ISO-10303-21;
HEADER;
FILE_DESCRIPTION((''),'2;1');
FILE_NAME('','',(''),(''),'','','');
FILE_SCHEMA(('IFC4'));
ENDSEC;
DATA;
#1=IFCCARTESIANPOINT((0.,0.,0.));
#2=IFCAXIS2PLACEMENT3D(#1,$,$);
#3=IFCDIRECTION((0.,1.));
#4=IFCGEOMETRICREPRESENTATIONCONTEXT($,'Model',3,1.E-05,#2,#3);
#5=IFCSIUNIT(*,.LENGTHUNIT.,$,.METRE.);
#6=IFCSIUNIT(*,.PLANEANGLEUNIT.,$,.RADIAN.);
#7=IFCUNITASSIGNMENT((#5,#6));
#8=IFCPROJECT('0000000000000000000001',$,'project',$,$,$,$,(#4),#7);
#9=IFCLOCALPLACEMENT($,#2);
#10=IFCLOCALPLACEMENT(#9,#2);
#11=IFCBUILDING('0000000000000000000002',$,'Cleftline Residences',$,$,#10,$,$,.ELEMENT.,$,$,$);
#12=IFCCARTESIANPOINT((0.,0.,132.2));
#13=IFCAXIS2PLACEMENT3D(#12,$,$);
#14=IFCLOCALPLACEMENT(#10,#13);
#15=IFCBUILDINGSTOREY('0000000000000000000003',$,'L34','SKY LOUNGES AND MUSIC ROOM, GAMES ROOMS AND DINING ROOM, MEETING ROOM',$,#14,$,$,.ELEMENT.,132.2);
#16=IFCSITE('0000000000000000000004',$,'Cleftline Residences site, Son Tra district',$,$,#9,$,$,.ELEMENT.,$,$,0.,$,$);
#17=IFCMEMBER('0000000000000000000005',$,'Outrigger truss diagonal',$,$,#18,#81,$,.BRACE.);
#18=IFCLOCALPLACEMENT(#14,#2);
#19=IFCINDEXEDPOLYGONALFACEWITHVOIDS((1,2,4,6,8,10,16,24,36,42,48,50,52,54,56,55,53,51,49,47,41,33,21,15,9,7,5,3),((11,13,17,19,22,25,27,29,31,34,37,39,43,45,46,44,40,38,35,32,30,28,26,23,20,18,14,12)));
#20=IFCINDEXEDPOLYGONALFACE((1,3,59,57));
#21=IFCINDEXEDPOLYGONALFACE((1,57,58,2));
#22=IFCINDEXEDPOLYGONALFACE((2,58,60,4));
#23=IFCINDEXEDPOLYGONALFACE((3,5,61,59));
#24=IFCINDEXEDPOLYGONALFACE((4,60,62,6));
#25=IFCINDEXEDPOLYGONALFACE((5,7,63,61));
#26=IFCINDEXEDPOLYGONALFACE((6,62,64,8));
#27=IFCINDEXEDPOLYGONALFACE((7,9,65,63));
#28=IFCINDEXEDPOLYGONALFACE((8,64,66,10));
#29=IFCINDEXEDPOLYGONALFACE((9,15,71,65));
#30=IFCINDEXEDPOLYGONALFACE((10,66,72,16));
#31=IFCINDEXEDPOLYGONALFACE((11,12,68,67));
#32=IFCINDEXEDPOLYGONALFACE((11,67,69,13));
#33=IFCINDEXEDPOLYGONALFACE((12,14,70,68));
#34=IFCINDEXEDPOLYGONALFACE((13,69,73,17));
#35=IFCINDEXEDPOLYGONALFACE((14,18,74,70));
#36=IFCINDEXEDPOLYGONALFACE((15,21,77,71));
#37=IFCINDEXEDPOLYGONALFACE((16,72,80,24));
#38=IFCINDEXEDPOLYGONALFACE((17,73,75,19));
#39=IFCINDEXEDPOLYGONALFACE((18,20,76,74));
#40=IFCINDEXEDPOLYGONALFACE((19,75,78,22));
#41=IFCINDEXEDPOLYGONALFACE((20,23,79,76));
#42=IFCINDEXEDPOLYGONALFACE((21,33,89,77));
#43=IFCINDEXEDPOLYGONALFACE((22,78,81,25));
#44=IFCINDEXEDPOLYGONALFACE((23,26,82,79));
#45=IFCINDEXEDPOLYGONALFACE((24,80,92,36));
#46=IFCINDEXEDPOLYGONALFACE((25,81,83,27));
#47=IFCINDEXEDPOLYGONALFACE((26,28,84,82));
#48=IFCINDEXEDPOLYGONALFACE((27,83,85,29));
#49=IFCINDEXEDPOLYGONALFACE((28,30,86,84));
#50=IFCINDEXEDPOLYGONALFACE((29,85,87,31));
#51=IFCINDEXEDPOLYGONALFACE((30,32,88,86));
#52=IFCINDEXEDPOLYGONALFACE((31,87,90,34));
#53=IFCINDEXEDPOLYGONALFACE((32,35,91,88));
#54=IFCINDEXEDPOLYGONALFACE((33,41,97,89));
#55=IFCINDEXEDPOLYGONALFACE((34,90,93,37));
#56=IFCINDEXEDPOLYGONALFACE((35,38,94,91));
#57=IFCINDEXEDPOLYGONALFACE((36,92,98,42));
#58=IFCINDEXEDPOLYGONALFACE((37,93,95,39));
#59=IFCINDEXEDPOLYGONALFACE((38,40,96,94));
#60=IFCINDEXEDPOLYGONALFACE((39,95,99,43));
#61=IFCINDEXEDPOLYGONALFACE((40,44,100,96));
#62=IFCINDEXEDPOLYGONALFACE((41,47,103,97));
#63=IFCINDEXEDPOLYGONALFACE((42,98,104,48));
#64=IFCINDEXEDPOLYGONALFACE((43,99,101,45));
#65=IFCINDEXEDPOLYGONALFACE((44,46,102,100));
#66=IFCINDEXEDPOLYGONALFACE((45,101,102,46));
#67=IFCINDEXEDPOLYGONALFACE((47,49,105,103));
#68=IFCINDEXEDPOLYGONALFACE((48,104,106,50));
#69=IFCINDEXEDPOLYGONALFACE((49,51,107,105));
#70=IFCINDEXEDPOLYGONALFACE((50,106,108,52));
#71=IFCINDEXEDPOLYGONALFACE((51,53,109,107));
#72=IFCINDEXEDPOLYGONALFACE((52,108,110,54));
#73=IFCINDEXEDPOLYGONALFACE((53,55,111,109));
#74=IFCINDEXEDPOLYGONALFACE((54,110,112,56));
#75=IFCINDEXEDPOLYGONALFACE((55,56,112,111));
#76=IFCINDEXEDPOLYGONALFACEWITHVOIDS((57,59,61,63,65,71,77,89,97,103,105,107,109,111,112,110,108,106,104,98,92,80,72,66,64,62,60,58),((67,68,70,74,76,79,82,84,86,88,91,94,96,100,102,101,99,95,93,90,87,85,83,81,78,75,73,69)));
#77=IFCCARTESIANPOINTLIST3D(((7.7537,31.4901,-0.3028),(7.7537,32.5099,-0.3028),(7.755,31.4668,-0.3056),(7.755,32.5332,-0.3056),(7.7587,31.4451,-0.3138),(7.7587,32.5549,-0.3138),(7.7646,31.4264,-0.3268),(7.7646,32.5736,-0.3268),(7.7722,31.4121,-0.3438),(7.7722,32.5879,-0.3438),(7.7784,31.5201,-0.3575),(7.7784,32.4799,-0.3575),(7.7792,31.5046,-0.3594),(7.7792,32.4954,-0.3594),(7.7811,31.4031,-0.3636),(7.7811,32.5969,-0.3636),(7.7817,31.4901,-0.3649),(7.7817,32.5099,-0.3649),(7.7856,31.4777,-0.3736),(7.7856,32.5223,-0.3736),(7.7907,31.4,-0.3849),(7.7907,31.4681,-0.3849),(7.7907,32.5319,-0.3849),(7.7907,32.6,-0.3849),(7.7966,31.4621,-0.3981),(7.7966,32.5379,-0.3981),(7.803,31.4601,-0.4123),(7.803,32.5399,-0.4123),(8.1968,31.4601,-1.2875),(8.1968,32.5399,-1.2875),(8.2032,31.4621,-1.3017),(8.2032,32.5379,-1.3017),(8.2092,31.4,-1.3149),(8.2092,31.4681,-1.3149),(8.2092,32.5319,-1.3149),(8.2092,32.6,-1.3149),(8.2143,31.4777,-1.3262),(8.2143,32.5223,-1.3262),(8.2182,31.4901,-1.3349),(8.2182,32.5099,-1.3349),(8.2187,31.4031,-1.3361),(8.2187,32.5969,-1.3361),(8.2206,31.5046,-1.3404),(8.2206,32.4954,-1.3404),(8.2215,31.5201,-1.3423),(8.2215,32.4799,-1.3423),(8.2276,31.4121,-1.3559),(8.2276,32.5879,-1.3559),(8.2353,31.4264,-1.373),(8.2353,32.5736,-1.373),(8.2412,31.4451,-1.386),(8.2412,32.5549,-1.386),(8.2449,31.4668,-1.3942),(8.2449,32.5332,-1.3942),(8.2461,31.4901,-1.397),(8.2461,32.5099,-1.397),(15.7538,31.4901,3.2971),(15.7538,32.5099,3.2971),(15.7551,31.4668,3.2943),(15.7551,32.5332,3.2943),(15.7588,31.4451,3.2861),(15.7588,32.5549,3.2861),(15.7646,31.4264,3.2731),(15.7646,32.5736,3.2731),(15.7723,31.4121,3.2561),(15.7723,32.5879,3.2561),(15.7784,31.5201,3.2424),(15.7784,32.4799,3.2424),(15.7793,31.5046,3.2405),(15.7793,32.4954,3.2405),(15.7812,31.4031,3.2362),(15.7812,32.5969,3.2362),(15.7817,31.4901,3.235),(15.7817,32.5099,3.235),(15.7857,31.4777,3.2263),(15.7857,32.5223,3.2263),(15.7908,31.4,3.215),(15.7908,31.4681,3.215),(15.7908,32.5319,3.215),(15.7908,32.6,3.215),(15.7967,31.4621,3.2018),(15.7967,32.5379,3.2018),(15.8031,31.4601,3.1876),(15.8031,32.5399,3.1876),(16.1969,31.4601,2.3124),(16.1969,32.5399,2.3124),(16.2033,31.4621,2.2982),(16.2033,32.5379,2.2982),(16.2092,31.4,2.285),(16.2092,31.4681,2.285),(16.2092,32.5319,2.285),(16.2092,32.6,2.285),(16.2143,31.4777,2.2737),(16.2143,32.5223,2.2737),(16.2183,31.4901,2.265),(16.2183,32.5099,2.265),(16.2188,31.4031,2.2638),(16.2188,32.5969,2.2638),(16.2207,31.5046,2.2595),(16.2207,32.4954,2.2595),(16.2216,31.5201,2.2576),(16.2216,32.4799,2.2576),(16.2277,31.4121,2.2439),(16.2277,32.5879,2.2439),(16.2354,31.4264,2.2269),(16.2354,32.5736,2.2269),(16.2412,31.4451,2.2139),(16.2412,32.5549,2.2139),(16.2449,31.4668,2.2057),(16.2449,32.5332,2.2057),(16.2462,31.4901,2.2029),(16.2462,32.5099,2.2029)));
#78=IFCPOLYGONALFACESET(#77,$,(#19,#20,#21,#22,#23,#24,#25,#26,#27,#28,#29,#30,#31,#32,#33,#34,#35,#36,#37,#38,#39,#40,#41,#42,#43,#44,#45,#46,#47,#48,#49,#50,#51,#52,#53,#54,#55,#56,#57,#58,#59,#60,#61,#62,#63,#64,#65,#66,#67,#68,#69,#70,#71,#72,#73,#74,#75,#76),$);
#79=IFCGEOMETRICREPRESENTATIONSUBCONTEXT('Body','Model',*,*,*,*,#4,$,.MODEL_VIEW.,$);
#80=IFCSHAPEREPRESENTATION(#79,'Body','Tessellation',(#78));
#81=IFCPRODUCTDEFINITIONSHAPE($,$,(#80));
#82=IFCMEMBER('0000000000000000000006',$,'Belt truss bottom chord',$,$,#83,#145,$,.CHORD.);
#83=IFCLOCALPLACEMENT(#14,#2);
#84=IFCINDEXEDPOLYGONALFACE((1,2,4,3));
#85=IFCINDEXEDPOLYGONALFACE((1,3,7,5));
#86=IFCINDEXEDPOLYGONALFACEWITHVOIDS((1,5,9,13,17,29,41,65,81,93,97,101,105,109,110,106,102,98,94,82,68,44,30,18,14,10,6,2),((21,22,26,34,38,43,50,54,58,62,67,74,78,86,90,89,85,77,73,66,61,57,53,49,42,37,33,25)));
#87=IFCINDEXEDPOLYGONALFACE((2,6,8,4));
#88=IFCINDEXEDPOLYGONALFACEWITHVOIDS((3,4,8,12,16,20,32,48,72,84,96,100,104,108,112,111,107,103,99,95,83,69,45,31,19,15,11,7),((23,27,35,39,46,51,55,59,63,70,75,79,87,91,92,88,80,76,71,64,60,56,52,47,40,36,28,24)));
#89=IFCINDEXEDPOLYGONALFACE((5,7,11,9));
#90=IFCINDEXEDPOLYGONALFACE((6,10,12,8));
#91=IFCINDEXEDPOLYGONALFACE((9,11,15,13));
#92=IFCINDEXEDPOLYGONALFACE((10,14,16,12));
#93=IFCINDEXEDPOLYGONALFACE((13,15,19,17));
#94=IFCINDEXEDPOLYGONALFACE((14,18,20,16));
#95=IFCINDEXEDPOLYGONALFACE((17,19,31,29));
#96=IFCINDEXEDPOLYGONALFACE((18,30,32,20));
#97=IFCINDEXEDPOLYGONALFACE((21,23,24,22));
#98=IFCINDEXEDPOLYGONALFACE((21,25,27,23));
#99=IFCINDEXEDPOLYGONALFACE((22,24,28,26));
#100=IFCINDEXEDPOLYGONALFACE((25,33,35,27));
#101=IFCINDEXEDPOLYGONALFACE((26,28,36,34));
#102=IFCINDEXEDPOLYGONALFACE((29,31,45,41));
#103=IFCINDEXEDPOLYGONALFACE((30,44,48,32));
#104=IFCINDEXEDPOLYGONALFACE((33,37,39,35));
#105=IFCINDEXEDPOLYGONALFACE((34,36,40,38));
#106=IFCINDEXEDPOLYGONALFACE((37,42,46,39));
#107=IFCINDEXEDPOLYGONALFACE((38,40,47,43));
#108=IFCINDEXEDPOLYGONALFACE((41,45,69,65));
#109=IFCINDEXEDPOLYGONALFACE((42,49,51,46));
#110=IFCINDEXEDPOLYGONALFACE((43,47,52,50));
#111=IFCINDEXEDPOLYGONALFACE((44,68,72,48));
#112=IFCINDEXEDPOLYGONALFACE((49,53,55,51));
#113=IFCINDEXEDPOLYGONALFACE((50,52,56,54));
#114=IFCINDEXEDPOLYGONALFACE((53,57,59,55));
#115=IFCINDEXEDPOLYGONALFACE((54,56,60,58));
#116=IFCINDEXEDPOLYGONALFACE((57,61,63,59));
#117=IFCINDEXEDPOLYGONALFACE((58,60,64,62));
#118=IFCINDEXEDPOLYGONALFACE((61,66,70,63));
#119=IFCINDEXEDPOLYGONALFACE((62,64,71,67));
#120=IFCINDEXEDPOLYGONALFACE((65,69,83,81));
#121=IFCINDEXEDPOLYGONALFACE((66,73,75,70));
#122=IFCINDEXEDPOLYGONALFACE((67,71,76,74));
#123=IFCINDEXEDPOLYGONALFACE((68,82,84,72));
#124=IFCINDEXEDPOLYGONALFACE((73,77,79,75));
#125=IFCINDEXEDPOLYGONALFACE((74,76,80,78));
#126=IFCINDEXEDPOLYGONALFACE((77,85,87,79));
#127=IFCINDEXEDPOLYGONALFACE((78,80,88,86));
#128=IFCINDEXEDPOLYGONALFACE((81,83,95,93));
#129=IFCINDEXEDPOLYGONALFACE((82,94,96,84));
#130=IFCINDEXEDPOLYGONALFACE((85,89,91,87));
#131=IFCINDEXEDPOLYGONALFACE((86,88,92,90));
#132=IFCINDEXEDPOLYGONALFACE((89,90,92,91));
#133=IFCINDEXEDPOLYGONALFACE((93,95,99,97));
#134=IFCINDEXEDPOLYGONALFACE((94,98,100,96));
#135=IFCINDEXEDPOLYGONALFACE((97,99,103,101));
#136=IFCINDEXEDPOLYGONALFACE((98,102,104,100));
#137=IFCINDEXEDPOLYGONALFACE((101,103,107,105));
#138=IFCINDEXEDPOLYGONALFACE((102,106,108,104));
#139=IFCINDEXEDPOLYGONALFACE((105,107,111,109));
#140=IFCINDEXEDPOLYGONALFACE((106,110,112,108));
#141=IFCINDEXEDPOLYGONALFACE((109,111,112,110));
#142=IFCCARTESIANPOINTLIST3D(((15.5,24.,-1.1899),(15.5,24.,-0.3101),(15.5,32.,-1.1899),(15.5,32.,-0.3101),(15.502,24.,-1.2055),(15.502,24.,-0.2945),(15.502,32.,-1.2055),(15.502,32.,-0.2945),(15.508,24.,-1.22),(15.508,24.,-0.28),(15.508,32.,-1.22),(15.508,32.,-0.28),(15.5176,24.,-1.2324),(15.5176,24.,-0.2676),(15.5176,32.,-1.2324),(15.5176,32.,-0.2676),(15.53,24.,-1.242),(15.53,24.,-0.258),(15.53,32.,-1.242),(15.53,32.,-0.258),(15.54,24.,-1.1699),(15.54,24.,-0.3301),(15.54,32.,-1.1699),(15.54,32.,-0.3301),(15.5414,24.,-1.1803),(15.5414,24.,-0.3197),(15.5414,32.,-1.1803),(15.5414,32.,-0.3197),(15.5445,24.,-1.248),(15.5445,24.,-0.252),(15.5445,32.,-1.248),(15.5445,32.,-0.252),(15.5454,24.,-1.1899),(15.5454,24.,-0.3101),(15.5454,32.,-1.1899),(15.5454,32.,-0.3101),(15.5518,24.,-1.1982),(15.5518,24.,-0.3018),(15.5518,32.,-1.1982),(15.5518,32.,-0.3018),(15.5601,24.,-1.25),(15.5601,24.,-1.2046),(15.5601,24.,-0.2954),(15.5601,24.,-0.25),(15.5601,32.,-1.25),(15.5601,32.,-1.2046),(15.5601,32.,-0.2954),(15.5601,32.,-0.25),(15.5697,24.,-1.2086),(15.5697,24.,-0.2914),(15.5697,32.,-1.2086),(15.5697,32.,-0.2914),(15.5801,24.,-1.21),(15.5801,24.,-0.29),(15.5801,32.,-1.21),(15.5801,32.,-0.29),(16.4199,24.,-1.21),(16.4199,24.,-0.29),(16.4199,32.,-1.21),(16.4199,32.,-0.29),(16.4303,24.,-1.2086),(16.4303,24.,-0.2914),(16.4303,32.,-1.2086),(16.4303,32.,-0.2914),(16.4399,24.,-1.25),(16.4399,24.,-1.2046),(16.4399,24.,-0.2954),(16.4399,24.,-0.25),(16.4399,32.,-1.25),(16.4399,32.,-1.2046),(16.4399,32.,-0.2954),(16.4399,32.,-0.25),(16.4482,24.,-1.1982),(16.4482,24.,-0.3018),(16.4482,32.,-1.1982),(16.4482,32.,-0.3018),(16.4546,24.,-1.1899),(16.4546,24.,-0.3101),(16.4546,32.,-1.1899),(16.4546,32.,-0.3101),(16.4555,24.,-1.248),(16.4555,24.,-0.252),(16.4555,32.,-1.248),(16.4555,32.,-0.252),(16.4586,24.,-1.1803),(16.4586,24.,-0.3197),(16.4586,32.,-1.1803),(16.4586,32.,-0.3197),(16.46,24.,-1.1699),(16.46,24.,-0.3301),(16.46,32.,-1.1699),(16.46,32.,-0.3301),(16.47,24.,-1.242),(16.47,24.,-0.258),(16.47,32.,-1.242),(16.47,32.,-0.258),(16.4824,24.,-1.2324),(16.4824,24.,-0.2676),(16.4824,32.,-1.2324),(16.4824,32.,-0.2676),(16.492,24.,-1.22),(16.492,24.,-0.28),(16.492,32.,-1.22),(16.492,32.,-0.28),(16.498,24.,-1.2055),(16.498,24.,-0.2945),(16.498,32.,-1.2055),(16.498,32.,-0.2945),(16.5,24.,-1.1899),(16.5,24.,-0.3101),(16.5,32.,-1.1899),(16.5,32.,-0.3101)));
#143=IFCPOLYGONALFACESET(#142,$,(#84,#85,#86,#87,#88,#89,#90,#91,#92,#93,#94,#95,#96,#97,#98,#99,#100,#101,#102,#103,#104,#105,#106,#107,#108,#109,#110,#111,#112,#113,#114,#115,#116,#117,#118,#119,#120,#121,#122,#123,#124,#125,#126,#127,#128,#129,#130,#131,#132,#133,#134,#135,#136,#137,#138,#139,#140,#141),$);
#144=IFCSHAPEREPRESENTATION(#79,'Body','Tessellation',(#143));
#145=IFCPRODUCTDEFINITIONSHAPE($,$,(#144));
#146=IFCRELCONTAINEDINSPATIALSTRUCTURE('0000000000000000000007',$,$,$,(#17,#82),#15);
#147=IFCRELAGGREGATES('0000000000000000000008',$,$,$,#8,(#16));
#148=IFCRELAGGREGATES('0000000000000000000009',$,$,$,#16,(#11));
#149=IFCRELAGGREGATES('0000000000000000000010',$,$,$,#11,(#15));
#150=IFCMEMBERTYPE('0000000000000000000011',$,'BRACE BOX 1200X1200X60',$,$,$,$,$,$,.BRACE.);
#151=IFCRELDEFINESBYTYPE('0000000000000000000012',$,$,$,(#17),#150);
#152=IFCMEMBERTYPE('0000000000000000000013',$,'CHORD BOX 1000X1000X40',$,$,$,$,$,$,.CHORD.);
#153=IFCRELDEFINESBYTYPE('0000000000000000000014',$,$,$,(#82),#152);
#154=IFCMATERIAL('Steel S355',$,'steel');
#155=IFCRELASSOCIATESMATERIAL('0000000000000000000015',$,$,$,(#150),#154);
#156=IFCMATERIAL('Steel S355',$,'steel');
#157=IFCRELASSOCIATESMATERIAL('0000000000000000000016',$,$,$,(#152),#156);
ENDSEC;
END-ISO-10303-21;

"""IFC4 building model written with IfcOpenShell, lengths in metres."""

from ifc_helpers import new_model, si_unit, direction, frame, origin, origin_2d, place, context, subcontext, project, spatial, hollow_rectangle, extrude, material, material_profile, profile_set, type_object, element, save


model = new_model("IFC4")

# Units and contexts
model_context = context("Model", 3, precision=1e-05, world=origin(), true_north=direction((0.0, 1.0)))
body_context = subcontext(model_context, "Body", "Model", "MODEL_VIEW")
ifc_project = project(units=[si_unit("LENGTHUNIT", "METRE"), si_unit("PLANEANGLEUNIT", "RADIAN")], contexts=[model_context])

# Site, building, storey
site_placement = place(None, origin())
site = spatial("IfcSite", under=ifc_project, at=site_placement, Name="Cleftline Residences site, Son Tra district", CompositionType="ELEMENT", RefElevation=0.0)
building_placement = place(site_placement, origin())
building = spatial("IfcBuilding", under=site, at=building_placement, Name="Cleftline Residences", CompositionType="ELEMENT")
storey_placement = place(building_placement, frame((0.0, 0.0, 132.2)))
storey = spatial("IfcBuildingStorey", under=building, at=storey_placement, Name="L34", Description="SKY LOUNGES AND MUSIC ROOM, GAMES ROOMS AND DINING ROOM, MEETING ROOM", CompositionType="ELEMENT", Elevation=132.2)

# Members
ifc_material_1 = material(Name="Steel S355", Category="steel")
ifc_material_profile_1 = material_profile(ifc_material_1, hollow_rectangle(XDim=1.2, YDim=1.2, WallThickness=0.0601, InnerFilletRadius=0.0601, OuterFilletRadius=0.0901, at=origin_2d()))
ifc_profile_set_1 = profile_set([ifc_material_profile_1], Name="Steel S355")
member_type_1 = type_object("IfcMemberType", Name="BRACE BOX 1200X1200X60", PredefinedType="BRACE", material=ifc_profile_set_1)
member_placement = place(storey_placement, frame((16.0, 32.0, 2.75), z_axis=(-0.911928, 0.0, -0.410351), x_axis=(-0.410351, 0.0, 0.911928)))
element("IfcMember", 1, at=member_placement, inside=storey, type_object=member_type_1, Name="Outrigger truss diagonal", PredefinedType="BRACE", context=body_context, shape_type="SweptSolid", body=[
    extrude(hollow_rectangle(XDim=1.2, YDim=1.2, WallThickness=0.0601, InnerFilletRadius=0.0601, OuterFilletRadius=0.0901, at=origin_2d()), origin(), (0.0, 0.0, 1.0), 8.7727),
])
ifc_material_2 = material(Name="Steel S355", Category="steel")
ifc_material_profile_2 = material_profile(ifc_material_2, hollow_rectangle(XDim=1.0, YDim=1.0, WallThickness=0.04, InnerFilletRadius=0.04, OuterFilletRadius=0.0601, at=origin_2d()))
ifc_profile_set_2 = profile_set([ifc_material_profile_2], Name="Steel S355")
member_type_2 = type_object("IfcMemberType", Name="CHORD BOX 1000X1000X40", PredefinedType="CHORD", material=ifc_profile_set_2)
for number, where, z_axis, x_axis, name in (
    (2, (16.0, 24.0, -0.75), (0.0, 1.0, 0.0), (-1.0, 0.0, 0.0), "Belt truss bottom chord"),
):
    element("IfcMember", number, at=place(storey_placement, frame(where, z_axis=z_axis, x_axis=x_axis)), inside=storey, type_object=member_type_2, Name=name, PredefinedType="CHORD", context=body_context, shape_type="SweptSolid", body=[
        extrude(hollow_rectangle(XDim=1.0, YDim=1.0, WallThickness=0.04, InnerFilletRadius=0.04, OuterFilletRadius=0.0601, at=origin_2d()), origin(), (0.0, 0.0, 1.0), 8.0),
    ])

save(model, "model.ifc")
